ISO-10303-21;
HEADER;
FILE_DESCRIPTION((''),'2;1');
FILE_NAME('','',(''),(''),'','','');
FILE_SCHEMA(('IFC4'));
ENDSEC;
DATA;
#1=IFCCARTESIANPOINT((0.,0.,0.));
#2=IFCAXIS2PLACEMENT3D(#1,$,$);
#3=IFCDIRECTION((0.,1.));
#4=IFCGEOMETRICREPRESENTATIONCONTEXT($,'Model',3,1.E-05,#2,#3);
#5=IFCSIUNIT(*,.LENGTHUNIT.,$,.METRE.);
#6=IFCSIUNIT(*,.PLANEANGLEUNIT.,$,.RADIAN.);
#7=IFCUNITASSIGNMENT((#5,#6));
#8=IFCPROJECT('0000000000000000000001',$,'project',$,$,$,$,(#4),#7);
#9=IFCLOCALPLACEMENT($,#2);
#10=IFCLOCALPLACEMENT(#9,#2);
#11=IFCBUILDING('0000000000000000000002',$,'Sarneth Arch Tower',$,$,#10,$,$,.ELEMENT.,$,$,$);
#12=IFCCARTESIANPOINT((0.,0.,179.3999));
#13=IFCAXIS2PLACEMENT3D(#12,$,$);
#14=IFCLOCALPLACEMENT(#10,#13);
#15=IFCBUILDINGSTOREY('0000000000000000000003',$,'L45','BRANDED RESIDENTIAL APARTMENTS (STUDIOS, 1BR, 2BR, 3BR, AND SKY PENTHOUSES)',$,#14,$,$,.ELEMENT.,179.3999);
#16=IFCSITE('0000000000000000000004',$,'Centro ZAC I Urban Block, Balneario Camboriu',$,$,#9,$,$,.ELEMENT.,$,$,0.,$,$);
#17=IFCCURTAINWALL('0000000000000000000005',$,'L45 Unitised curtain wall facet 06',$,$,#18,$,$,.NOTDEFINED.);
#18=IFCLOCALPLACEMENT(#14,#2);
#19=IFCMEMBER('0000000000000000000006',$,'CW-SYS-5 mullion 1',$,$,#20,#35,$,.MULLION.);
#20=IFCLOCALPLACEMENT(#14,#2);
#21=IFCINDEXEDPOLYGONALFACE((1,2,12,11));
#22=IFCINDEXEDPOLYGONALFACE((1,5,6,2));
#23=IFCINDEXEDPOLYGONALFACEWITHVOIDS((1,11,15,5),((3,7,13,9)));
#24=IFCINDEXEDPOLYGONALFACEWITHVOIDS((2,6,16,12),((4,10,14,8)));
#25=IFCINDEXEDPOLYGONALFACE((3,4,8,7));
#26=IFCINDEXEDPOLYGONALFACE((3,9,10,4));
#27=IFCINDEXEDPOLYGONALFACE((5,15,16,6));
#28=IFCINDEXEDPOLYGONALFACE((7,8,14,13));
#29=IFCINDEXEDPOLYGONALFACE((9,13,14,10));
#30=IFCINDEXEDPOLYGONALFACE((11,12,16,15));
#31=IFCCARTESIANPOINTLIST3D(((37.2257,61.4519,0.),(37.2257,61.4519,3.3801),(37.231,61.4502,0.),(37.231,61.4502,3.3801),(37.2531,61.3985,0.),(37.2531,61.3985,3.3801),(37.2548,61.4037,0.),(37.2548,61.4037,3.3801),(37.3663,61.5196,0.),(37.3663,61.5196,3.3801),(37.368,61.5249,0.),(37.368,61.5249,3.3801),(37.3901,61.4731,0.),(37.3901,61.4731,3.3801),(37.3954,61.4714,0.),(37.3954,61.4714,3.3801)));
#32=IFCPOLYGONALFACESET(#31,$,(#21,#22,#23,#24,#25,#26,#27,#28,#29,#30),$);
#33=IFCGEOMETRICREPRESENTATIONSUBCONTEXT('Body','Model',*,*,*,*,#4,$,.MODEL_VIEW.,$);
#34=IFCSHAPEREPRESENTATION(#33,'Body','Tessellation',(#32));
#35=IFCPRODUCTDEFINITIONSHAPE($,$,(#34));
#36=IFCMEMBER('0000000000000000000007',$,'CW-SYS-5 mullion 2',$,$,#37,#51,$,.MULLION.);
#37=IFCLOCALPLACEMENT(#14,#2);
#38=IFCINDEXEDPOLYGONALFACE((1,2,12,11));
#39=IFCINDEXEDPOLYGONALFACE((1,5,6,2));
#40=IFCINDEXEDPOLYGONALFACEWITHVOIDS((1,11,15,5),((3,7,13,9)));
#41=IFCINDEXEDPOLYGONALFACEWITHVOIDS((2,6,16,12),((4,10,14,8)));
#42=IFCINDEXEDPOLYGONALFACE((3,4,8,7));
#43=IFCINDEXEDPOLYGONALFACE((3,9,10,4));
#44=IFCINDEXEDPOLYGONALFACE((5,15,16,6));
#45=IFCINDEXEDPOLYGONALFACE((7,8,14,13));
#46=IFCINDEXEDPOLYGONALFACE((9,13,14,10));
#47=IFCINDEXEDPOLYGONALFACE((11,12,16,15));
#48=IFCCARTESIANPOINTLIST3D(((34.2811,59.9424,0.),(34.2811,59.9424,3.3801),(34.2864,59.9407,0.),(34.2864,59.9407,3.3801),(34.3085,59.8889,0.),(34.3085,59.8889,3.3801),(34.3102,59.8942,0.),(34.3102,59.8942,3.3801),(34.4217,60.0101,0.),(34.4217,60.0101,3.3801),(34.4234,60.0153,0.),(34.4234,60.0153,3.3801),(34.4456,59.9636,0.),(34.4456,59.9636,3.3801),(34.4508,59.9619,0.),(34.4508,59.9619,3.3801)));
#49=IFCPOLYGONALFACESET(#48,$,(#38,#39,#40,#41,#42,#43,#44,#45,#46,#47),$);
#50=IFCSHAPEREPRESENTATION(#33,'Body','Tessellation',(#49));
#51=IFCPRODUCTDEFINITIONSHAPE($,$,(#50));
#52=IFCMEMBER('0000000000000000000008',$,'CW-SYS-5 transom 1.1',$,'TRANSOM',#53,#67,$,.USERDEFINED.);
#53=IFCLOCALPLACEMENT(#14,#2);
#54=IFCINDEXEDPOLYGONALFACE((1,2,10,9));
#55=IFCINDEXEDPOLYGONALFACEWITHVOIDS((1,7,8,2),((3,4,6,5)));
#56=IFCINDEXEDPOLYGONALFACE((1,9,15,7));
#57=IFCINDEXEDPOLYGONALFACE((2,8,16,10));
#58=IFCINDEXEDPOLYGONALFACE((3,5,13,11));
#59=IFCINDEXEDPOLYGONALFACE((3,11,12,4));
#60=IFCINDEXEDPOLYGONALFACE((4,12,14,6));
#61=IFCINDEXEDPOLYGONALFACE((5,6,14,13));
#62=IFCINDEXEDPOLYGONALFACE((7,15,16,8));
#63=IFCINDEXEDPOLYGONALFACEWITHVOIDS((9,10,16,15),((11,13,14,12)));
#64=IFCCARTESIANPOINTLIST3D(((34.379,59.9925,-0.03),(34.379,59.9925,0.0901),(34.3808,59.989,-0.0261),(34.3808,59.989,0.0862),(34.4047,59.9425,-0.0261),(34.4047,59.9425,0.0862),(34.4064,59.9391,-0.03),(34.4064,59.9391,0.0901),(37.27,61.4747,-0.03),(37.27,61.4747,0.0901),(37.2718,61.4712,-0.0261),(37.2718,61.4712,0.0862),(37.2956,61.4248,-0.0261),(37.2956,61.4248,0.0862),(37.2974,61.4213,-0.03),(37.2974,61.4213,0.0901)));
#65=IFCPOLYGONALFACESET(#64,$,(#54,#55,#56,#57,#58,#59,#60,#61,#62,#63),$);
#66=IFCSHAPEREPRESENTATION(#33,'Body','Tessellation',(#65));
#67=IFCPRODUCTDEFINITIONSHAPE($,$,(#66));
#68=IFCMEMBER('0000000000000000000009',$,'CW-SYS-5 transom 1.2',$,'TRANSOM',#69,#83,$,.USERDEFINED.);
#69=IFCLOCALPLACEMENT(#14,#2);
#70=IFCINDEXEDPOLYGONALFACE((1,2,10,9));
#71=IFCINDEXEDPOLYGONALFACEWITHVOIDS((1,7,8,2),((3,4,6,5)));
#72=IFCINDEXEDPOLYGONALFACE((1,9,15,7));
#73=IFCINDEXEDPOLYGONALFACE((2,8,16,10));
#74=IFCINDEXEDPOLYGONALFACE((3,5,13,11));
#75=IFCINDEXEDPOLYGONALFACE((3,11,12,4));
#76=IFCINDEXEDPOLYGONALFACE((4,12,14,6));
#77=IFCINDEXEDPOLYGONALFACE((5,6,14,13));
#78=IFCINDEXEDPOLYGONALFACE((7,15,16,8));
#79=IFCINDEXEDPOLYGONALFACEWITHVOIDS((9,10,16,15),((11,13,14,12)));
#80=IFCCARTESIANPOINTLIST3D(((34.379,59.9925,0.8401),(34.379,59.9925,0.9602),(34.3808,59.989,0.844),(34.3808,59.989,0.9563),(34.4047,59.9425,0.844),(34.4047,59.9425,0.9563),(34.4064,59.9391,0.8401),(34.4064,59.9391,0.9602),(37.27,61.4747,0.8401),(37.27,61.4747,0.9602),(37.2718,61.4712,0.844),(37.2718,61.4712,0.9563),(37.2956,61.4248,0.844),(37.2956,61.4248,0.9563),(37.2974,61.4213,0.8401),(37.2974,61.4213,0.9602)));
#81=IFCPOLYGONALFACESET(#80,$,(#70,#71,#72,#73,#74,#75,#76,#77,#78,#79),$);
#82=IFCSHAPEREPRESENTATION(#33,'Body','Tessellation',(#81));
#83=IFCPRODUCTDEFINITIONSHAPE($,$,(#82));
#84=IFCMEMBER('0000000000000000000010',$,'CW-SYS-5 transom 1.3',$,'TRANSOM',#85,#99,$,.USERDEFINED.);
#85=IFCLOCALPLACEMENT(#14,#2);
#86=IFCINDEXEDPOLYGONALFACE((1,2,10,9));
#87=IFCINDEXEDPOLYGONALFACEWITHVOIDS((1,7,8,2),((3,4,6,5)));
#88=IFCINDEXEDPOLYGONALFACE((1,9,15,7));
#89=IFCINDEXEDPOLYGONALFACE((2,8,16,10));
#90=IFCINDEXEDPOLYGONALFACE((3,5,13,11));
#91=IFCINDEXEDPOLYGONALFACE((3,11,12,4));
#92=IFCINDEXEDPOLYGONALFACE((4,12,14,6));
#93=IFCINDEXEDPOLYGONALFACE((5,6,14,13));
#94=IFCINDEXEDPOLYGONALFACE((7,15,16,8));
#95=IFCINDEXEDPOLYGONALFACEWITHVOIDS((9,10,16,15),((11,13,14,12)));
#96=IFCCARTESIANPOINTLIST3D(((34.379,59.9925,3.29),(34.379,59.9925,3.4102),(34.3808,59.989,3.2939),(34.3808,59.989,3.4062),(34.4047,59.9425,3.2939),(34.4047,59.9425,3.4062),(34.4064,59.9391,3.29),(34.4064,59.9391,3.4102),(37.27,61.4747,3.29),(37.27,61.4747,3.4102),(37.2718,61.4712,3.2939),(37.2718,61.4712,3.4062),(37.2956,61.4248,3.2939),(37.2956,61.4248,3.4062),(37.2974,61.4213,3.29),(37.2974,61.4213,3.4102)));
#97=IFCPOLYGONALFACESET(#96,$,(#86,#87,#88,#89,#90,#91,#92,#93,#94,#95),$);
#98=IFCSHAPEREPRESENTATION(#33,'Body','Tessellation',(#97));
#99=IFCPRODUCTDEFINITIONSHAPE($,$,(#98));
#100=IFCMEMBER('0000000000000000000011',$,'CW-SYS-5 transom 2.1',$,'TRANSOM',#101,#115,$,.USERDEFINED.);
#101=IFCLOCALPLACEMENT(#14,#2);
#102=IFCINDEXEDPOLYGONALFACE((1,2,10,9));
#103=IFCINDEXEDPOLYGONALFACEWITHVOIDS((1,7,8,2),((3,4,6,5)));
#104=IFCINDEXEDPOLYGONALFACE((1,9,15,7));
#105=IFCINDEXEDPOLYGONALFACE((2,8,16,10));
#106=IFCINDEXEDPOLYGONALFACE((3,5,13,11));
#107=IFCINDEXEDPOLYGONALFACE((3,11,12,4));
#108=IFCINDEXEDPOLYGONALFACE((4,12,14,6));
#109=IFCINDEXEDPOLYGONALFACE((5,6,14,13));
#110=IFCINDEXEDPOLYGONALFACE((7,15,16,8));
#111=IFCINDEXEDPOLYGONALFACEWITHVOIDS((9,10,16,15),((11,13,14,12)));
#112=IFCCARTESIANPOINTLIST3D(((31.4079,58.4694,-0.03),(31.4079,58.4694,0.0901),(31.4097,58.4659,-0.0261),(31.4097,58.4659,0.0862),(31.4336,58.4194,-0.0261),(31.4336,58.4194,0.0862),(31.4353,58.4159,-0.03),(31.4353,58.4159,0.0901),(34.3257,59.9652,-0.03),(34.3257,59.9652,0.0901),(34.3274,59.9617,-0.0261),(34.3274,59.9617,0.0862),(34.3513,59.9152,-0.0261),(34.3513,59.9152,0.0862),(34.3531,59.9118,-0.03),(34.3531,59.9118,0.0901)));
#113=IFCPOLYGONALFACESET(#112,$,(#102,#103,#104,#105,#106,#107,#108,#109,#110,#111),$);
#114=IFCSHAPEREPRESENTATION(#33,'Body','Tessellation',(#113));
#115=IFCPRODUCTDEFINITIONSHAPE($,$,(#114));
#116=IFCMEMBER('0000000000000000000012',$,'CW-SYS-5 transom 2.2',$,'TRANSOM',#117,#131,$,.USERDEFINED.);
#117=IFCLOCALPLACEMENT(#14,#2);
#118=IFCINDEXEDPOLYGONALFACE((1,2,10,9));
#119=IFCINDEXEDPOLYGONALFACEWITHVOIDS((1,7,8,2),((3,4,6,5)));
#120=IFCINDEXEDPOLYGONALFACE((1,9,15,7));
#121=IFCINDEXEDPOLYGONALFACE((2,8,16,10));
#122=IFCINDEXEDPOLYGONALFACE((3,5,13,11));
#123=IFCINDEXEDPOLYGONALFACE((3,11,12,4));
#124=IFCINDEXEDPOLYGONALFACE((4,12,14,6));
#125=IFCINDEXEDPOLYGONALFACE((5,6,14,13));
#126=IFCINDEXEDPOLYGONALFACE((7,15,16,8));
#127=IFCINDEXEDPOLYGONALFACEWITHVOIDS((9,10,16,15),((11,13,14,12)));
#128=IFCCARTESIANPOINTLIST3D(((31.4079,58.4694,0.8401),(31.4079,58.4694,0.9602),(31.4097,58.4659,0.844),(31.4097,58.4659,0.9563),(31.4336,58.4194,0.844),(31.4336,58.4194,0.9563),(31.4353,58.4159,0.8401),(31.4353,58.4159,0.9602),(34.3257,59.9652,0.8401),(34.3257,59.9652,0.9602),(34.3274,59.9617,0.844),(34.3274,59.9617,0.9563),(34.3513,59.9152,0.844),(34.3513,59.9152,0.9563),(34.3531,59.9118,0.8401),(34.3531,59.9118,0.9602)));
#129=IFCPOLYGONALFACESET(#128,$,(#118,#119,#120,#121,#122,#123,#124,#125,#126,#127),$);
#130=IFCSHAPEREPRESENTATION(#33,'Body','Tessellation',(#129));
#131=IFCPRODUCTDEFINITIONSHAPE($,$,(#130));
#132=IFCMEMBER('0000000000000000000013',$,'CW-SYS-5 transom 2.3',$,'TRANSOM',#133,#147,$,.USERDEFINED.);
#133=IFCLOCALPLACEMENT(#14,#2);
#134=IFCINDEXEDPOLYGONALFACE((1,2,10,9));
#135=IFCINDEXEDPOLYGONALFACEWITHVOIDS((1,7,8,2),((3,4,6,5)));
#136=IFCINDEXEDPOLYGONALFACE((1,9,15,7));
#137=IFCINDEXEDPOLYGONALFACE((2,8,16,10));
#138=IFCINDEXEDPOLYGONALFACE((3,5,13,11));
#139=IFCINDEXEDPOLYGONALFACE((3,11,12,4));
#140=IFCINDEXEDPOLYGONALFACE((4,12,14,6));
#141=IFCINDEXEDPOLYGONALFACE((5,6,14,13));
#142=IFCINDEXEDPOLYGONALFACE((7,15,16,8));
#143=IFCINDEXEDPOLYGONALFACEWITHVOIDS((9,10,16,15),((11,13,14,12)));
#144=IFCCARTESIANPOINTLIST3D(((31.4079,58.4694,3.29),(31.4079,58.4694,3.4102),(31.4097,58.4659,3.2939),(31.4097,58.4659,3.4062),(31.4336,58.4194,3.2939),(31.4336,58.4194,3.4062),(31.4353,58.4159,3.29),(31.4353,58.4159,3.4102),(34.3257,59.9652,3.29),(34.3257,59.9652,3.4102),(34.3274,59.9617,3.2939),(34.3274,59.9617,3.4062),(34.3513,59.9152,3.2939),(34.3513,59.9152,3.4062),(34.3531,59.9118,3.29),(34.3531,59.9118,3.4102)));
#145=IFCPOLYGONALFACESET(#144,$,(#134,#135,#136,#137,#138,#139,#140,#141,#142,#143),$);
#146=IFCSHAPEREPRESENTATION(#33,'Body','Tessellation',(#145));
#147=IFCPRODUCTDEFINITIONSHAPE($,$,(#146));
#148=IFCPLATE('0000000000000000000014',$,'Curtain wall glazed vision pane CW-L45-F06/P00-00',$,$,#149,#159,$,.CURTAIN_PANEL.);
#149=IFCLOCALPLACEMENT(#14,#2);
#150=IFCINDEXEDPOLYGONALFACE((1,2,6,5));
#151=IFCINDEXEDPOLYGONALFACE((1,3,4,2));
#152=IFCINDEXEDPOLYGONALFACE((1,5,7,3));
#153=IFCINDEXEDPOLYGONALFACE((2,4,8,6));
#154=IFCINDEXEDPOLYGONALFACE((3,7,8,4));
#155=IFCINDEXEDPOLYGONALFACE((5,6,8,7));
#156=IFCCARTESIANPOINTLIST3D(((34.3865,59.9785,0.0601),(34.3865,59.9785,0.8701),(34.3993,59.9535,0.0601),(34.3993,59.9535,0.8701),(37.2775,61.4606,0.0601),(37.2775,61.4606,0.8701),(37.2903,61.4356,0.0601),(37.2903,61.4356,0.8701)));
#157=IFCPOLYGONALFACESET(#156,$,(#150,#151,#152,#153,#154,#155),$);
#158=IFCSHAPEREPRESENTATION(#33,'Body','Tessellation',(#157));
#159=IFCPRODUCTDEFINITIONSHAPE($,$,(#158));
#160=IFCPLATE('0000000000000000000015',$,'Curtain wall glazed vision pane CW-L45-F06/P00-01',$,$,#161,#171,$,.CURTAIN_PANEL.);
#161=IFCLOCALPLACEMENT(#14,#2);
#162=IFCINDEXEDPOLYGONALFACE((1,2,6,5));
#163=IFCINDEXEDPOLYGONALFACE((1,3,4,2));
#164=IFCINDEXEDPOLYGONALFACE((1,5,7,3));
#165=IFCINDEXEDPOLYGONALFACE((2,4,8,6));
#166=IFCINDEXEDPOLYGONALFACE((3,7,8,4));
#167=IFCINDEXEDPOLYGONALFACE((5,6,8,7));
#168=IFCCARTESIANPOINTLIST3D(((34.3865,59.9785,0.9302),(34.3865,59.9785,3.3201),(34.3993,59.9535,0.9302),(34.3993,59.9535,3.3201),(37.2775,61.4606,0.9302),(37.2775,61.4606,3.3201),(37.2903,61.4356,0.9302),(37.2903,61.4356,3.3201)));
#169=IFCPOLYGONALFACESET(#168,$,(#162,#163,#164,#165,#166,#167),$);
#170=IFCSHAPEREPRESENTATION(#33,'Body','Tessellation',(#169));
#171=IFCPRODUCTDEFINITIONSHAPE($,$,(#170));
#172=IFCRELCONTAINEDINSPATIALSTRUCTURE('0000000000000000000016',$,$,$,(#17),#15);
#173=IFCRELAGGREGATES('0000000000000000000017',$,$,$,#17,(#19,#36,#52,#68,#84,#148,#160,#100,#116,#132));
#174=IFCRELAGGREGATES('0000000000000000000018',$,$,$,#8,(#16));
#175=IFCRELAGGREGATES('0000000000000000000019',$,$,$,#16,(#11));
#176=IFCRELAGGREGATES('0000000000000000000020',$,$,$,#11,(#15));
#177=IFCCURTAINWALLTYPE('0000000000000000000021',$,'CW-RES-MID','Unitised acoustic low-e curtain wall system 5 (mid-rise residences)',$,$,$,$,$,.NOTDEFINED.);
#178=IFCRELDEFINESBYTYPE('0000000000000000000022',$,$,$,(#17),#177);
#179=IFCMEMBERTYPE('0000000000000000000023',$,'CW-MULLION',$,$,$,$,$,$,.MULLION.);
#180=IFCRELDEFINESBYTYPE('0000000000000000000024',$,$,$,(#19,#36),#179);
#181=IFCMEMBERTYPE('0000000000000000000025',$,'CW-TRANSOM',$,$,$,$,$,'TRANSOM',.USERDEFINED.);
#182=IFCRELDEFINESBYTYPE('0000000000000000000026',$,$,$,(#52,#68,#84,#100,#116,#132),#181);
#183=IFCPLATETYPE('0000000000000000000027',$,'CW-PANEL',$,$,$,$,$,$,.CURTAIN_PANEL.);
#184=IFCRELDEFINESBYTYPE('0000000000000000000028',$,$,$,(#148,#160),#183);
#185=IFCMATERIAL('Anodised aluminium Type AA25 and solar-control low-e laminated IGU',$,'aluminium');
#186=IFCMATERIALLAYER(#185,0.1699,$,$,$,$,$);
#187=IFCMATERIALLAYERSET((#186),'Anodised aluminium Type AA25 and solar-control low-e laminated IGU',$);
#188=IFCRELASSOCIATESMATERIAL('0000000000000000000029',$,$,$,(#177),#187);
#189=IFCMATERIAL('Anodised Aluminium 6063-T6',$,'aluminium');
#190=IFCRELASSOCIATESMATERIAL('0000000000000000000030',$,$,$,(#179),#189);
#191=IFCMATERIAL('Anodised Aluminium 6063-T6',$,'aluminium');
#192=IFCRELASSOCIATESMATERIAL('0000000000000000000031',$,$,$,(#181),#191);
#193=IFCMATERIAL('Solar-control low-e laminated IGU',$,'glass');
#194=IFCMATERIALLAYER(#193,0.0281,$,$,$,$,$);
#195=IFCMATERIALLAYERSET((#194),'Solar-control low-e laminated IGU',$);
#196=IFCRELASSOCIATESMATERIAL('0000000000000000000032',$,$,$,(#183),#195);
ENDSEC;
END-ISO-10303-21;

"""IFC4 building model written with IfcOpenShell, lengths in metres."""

from ifc_helpers import new_model, si_unit, direction, frame, origin, origin_2d, place, context, subcontext, project, spatial, rectangle, hollow_rectangle, extrude, material, layer, layer_set, material_profile, profile_set, type_object, element, aggregate, save


model = new_model("IFC4")

# Units and contexts
model_context = context("Model", 3, precision=1e-05, world=origin(), true_north=direction((0.0, 1.0)))
body_context = subcontext(model_context, "Body", "Model", "MODEL_VIEW")
ifc_project = project(units=[si_unit("LENGTHUNIT", "METRE"), si_unit("PLANEANGLEUNIT", "RADIAN")], contexts=[model_context])

# Site, building, storey
site_placement = place(None, origin())
site = spatial("IfcSite", under=ifc_project, at=site_placement, Name="Centro ZAC I Urban Block, Balneario Camboriu", CompositionType="ELEMENT", RefElevation=0.0)
building_placement = place(site_placement, origin())
building = spatial("IfcBuilding", under=site, at=building_placement, Name="Sarneth Arch Tower", CompositionType="ELEMENT")
storey_placement = place(building_placement, frame((0.0, 0.0, 179.3999)))
storey = spatial("IfcBuildingStorey", under=building, at=storey_placement, Name="L45", Description="BRANDED RESIDENTIAL APARTMENTS (STUDIOS, 1BR, 2BR, 3BR, AND SKY PENTHOUSES)", CompositionType="ELEMENT", Elevation=179.3999)

# Curtain wall, members, plates
ifc_material_1 = material(Name="Anodised aluminium Type AA25 and solar-control low-e laminated IGU", Category="aluminium")
ifc_layer_1 = layer(ifc_material_1, 0.1699)
ifc_layer_set_1 = layer_set([ifc_layer_1], Name="Anodised aluminium Type AA25 and solar-control low-e laminated IGU")
curtain_wall_type = type_object("IfcCurtainWallType", Name="CW-RES-MID", Description="Unitised acoustic low-e curtain wall system 5 (mid-rise residences)", PredefinedType="NOTDEFINED", material=ifc_layer_set_1)
curtain_wall_placement = place(storey_placement, origin())
curtain_wall = element("IfcCurtainWall", 1, at=curtain_wall_placement, inside=storey, type_object=curtain_wall_type, Name="L45 Unitised curtain wall facet 06", PredefinedType="NOTDEFINED")
ifc_material_2 = material(Name="Anodised Aluminium 6063-T6", Category="aluminium")
ifc_material_profile_1 = material_profile(ifc_material_2, hollow_rectangle(XDim=0.0601, YDim=0.1599, WallThickness=0.0039, at=origin_2d()), Name="AL-MULL-160x60x4")
ifc_profile_set_1 = profile_set([ifc_material_profile_1], Name="Anodised Aluminium 6063-T6")
member_type_1 = type_object("IfcMemberType", Name="CW-MULLION", PredefinedType="MULLION", material=ifc_profile_set_1)
member_1_placement = place(storey_placement, frame((37.3105, 61.4617, 0.0), z_axis=(0.0, 0.0, 1.0), x_axis=(0.456208, -0.889873, 0.0)))
member_1 = element("IfcMember", 2, at=member_1_placement, type_object=member_type_1, Name="CW-SYS-5 mullion 1", PredefinedType="MULLION", context=body_context, shape_type="SweptSolid", body=[
    extrude(hollow_rectangle(XDim=0.0601, YDim=0.1599, WallThickness=0.0039, at=origin_2d()), origin(), (0.0, 0.0, 1.0), 3.3801),
])
member_2_placement = place(storey_placement, frame((34.366, 59.9521, 0.0), z_axis=(0.0, 0.0, 1.0), x_axis=(0.456208, -0.889873, 0.0)))
member_2 = element("IfcMember", 3, at=member_2_placement, type_object=member_type_1, Name="CW-SYS-5 mullion 2", PredefinedType="MULLION", context=body_context, shape_type="SweptSolid", body=[
    extrude(hollow_rectangle(XDim=0.0601, YDim=0.1599, WallThickness=0.0039, at=origin_2d()), origin(), (0.0, 0.0, 1.0), 3.3801),
])
ifc_material_3 = material(Name="Anodised Aluminium 6063-T6", Category="aluminium")
ifc_material_profile_2 = material_profile(ifc_material_3, hollow_rectangle(XDim=0.0601, YDim=0.1201, WallThickness=0.0039, at=origin_2d()), Name="AL-TRAN-120x60x4")
ifc_profile_set_2 = profile_set([ifc_material_profile_2], Name="Anodised Aluminium 6063-T6")
member_type_2 = type_object("IfcMemberType", Name="CW-TRANSOM", ElementType="TRANSOM", PredefinedType="USERDEFINED", material=ifc_profile_set_2)
member_3_placement = place(storey_placement, frame((37.2837, 61.448, 0.03), z_axis=(-0.889857, -0.456239, 0.0), x_axis=(0.456239, -0.889857, 0.0)))
member_3 = element("IfcMember", 4, at=member_3_placement, type_object=member_type_2, Name="CW-SYS-5 transom 1.1", ObjectType="TRANSOM", PredefinedType="USERDEFINED", context=body_context, shape_type="SweptSolid", body=[
    extrude(hollow_rectangle(XDim=0.0601, YDim=0.1201, WallThickness=0.0039, at=origin_2d()), origin(), (0.0, 0.0, 1.0), 3.2488),
])
member_4_placement = place(storey_placement, frame((37.2837, 61.448, 0.9001), z_axis=(-0.889857, -0.456239, 0.0), x_axis=(0.456239, -0.889857, 0.0)))
member_4 = element("IfcMember", 5, at=member_4_placement, type_object=member_type_2, Name="CW-SYS-5 transom 1.2", ObjectType="TRANSOM", PredefinedType="USERDEFINED", context=body_context, shape_type="SweptSolid", body=[
    extrude(hollow_rectangle(XDim=0.0601, YDim=0.1201, WallThickness=0.0039, at=origin_2d()), origin(), (0.0, 0.0, 1.0), 3.2488),
])
member_5_placement = place(storey_placement, frame((37.2837, 61.448, 3.3501), z_axis=(-0.889857, -0.456239, 0.0), x_axis=(0.456239, -0.889857, 0.0)))
member_5 = element("IfcMember", 6, at=member_5_placement, type_object=member_type_2, Name="CW-SYS-5 transom 1.3", ObjectType="TRANSOM", PredefinedType="USERDEFINED", context=body_context, shape_type="SweptSolid", body=[
    extrude(hollow_rectangle(XDim=0.0601, YDim=0.1201, WallThickness=0.0039, at=origin_2d()), origin(), (0.0, 0.0, 1.0), 3.2488),
])
member_6_placement = place(storey_placement, frame((34.3394, 59.9385, 0.03), z_axis=(-0.889869, -0.456215, 0.0), x_axis=(0.456215, -0.889869, 0.0)))
member_6 = element("IfcMember", 7, at=member_6_placement, type_object=member_type_2, Name="CW-SYS-5 transom 2.1", ObjectType="TRANSOM", PredefinedType="USERDEFINED", context=body_context, shape_type="SweptSolid", body=[
    extrude(hollow_rectangle(XDim=0.0601, YDim=0.1201, WallThickness=0.0039, at=origin_2d()), origin(), (0.0, 0.0, 1.0), 3.2788),
])
member_7_placement = place(storey_placement, frame((34.3394, 59.9385, 0.9001), z_axis=(-0.889869, -0.456215, 0.0), x_axis=(0.456215, -0.889869, 0.0)))
member_7 = element("IfcMember", 8, at=member_7_placement, type_object=member_type_2, Name="CW-SYS-5 transom 2.2", ObjectType="TRANSOM", PredefinedType="USERDEFINED", context=body_context, shape_type="SweptSolid", body=[
    extrude(hollow_rectangle(XDim=0.0601, YDim=0.1201, WallThickness=0.0039, at=origin_2d()), origin(), (0.0, 0.0, 1.0), 3.2788),
])
member_8_placement = place(storey_placement, frame((34.3394, 59.9385, 3.3501), z_axis=(-0.889869, -0.456215, 0.0), x_axis=(0.456215, -0.889869, 0.0)))
member_8 = element("IfcMember", 9, at=member_8_placement, type_object=member_type_2, Name="CW-SYS-5 transom 2.3", ObjectType="TRANSOM", PredefinedType="USERDEFINED", context=body_context, shape_type="SweptSolid", body=[
    extrude(hollow_rectangle(XDim=0.0601, YDim=0.1201, WallThickness=0.0039, at=origin_2d()), origin(), (0.0, 0.0, 1.0), 3.2788),
])
ifc_material_4 = material(Name="Solar-control low-e laminated IGU", Category="glass")
ifc_layer_2 = layer(ifc_material_4, 0.0281)
ifc_layer_set_2 = layer_set([ifc_layer_2], Name="Solar-control low-e laminated IGU")
plate_type = type_object("IfcPlateType", Name="CW-PANEL", PredefinedType="CURTAIN_PANEL", material=ifc_layer_set_2)
plate_1_placement = place(storey_placement, frame((35.8384, 60.707, 0.0601), z_axis=(0.0, 0.0, 1.0), x_axis=(-0.889873, -0.456208, 0.0)))
plate_1 = element("IfcPlate", 10, at=plate_1_placement, type_object=plate_type, Name="Curtain wall glazed vision pane CW-L45-F06/P00-00", PredefinedType="CURTAIN_PANEL", context=body_context, shape_type="SweptSolid", body=[
    extrude(rectangle(XDim=3.2488, YDim=0.0281, at=origin_2d()), origin(), (0.0, 0.0, 1.0), 0.8101),
])
plate_2_placement = place(storey_placement, frame((35.8384, 60.707, 0.9302), z_axis=(0.0, 0.0, 1.0), x_axis=(-0.889873, -0.456208, 0.0)))
plate_2 = element("IfcPlate", 11, at=plate_2_placement, type_object=plate_type, Name="Curtain wall glazed vision pane CW-L45-F06/P00-01", PredefinedType="CURTAIN_PANEL", context=body_context, shape_type="SweptSolid", body=[
    extrude(rectangle(XDim=3.2488, YDim=0.0281, at=origin_2d()), origin(), (0.0, 0.0, 1.0), 2.3899),
])
aggregate(curtain_wall, [member_1, member_2, member_3, member_4, member_5, plate_1, plate_2, member_6, member_7, member_8])

save(model, "model.ifc")
